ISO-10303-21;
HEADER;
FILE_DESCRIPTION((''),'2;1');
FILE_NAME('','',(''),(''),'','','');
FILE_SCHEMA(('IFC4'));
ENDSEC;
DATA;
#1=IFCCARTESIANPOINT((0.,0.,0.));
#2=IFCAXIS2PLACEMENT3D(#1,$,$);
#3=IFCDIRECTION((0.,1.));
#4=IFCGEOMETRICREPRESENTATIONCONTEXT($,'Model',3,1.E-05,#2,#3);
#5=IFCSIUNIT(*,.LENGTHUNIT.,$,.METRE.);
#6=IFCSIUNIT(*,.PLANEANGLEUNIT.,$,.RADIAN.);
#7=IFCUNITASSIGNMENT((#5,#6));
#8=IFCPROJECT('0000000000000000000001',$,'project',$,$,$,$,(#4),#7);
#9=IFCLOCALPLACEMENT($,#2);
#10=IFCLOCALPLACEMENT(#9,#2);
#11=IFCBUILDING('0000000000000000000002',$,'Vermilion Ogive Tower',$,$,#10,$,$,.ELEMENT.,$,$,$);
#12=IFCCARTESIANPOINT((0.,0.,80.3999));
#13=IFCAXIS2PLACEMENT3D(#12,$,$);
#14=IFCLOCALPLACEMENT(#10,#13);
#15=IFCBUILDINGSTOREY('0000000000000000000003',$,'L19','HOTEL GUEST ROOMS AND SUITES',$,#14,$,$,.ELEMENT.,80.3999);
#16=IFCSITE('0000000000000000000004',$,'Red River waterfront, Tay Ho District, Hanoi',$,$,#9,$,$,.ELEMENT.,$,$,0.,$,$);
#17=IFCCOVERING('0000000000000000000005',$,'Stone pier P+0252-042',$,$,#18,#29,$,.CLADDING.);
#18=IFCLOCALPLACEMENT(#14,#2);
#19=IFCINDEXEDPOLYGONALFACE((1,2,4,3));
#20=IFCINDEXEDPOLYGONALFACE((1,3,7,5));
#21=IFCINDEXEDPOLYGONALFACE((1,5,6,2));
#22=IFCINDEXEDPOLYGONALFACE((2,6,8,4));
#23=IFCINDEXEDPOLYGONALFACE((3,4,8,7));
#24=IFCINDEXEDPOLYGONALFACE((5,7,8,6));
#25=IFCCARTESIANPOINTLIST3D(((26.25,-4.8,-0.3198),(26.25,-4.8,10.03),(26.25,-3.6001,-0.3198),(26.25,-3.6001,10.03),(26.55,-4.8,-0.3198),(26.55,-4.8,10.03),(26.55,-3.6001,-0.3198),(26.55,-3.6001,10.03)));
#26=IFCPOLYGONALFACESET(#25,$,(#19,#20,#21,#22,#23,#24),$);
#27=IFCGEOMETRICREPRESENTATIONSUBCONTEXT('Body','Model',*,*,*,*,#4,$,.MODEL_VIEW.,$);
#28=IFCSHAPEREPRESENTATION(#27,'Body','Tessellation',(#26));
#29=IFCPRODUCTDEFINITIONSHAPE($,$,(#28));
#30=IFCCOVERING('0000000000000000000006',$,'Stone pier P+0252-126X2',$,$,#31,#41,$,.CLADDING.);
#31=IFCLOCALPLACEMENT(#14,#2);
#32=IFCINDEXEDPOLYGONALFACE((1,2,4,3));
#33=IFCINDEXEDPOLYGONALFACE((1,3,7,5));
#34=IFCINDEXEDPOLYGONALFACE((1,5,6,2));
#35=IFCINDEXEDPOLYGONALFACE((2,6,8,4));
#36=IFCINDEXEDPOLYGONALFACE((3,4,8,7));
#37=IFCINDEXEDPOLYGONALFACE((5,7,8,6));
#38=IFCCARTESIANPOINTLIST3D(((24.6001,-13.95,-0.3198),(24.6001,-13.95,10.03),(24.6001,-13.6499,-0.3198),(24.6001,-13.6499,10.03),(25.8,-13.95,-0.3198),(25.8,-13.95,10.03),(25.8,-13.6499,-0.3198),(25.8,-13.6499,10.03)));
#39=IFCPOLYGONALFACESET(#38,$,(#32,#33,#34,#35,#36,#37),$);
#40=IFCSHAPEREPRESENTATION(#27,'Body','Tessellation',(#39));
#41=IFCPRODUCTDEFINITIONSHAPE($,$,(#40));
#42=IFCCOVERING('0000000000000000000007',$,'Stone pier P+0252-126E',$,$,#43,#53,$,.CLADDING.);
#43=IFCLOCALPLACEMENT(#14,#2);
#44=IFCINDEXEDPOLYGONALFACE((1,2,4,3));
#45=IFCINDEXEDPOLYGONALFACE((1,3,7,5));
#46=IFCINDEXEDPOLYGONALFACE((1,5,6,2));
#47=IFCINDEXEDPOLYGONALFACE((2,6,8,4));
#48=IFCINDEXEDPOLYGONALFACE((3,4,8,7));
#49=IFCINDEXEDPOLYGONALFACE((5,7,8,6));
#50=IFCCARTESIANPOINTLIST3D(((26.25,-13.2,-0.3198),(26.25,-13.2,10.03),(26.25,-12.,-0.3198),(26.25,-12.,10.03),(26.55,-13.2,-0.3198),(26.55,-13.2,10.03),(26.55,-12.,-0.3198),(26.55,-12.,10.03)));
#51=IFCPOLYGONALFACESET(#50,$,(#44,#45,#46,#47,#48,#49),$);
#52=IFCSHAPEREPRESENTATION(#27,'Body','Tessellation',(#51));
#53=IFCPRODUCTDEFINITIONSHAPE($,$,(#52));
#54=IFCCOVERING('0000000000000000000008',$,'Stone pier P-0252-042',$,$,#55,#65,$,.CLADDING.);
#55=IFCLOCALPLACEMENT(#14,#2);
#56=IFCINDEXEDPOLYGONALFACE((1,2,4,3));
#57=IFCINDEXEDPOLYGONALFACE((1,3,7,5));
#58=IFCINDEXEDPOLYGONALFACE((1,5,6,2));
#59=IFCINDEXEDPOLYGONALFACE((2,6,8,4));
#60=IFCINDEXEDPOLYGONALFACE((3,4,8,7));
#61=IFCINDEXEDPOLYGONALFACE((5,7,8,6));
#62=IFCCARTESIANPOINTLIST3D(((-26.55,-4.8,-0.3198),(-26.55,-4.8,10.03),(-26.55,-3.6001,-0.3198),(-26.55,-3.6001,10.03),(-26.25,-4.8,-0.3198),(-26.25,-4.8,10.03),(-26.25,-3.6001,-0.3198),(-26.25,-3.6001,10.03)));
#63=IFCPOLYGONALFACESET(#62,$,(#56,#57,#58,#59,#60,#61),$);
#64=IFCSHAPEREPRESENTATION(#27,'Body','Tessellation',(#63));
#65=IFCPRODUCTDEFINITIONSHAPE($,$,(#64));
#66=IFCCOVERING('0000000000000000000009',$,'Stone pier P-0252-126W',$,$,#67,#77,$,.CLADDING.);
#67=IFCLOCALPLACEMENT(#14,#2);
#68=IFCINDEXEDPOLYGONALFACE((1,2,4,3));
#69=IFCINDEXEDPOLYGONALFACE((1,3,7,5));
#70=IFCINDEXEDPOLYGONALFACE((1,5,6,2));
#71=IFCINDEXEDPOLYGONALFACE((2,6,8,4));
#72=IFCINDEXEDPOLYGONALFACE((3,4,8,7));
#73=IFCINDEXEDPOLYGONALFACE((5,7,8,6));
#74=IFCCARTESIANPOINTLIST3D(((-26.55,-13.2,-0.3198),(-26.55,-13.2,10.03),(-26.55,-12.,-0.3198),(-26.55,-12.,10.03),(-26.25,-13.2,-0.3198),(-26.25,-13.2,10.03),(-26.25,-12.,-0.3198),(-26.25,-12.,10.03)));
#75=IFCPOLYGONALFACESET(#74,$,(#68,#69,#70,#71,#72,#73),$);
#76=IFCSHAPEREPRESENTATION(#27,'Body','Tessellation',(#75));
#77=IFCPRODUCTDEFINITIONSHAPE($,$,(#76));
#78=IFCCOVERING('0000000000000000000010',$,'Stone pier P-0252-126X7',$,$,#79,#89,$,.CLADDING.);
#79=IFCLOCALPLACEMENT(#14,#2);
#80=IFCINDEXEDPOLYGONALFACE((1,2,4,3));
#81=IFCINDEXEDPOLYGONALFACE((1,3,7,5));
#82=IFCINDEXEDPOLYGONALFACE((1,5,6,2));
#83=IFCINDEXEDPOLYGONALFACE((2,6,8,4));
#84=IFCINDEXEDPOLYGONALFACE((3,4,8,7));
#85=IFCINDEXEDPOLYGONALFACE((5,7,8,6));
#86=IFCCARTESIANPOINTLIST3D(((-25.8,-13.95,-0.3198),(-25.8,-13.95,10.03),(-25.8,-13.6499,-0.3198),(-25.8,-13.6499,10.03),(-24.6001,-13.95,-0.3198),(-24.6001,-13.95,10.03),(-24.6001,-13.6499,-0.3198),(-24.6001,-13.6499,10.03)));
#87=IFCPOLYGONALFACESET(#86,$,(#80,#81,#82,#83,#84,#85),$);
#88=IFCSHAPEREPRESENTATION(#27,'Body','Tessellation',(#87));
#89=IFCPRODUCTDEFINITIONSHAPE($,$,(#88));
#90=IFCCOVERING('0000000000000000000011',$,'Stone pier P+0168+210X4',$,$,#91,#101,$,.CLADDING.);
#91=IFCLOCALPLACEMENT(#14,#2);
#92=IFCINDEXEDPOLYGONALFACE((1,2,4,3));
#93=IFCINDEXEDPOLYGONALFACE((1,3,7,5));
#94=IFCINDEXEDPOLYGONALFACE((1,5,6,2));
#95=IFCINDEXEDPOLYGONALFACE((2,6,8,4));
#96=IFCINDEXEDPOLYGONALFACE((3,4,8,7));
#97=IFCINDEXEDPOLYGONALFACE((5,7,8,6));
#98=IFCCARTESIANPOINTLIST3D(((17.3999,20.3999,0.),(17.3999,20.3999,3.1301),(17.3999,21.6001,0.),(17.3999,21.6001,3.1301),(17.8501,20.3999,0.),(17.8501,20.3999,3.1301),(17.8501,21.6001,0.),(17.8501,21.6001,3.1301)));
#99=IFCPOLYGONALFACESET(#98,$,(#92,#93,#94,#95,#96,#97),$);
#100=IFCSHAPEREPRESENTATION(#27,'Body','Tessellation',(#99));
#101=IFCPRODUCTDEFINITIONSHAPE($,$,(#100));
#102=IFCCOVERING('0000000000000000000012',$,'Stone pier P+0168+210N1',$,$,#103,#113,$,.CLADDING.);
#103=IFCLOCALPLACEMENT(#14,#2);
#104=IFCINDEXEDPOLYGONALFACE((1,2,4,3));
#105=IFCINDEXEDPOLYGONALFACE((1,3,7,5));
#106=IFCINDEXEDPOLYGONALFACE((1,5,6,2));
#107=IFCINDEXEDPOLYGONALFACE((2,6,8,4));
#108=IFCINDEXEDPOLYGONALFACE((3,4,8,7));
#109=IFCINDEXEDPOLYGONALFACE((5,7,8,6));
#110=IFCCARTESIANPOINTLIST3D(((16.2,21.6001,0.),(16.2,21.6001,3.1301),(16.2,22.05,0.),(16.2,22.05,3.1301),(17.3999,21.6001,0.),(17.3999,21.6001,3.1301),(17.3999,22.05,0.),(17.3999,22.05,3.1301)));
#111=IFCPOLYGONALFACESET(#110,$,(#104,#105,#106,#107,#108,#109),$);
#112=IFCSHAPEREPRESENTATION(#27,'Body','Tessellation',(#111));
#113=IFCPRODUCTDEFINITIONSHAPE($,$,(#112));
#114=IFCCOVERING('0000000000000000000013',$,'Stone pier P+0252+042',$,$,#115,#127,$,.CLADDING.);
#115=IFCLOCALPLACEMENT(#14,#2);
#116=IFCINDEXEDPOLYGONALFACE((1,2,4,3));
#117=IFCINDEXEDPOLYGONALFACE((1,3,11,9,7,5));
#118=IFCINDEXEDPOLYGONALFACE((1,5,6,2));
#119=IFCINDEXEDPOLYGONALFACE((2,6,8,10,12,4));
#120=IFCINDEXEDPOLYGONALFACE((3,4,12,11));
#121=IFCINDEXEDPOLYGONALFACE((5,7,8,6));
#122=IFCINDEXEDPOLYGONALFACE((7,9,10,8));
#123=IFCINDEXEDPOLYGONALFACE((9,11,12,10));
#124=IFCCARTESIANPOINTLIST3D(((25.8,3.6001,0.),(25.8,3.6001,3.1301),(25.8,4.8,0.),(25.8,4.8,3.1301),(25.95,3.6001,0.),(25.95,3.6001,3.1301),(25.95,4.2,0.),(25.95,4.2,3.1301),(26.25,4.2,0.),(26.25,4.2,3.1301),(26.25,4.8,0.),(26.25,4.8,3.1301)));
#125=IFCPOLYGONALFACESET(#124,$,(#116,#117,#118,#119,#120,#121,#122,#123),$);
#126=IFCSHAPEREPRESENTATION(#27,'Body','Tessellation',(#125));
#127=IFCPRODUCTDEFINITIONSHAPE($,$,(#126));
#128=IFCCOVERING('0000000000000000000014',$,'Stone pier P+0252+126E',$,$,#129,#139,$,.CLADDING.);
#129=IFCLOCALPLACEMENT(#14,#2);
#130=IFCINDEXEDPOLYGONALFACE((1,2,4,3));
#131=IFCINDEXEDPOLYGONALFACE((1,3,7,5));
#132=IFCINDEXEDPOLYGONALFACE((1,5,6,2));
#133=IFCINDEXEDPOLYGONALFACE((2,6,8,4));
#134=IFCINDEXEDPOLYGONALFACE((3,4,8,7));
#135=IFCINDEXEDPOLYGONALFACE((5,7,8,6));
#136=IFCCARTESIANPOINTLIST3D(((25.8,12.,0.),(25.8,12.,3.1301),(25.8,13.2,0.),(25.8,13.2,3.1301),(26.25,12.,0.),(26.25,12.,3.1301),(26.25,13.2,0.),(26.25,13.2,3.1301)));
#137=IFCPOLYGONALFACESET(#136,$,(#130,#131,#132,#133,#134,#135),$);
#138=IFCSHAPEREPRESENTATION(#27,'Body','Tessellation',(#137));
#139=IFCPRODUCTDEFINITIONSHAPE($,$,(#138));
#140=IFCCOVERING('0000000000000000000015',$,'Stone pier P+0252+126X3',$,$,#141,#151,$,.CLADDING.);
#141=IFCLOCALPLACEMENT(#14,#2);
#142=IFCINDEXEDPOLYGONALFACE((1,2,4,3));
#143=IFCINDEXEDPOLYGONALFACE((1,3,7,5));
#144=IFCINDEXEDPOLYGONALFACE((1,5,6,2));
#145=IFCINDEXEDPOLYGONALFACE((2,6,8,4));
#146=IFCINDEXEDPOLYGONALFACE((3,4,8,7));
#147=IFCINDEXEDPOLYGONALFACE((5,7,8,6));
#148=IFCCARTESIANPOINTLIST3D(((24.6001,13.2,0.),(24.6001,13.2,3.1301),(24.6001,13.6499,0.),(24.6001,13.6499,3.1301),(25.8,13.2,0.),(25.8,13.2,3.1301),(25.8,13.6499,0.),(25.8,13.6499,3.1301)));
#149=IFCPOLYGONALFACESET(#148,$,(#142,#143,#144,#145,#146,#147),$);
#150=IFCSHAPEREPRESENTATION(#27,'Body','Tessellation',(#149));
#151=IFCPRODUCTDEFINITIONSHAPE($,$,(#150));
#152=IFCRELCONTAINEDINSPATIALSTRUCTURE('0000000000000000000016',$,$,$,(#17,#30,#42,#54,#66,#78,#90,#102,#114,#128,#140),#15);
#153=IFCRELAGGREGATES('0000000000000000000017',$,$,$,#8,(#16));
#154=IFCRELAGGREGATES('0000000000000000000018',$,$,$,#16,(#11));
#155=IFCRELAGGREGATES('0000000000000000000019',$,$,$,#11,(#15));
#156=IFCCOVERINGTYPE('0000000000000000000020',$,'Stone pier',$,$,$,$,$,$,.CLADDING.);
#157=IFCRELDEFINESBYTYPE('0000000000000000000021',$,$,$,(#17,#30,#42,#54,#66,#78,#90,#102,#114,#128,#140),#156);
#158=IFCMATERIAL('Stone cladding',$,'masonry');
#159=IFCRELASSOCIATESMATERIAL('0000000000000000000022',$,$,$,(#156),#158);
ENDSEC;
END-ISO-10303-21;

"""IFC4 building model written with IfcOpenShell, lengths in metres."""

from ifc_helpers import new_model, si_unit, direction, frame, origin, place, context, subcontext, project, spatial, polyline, outline, extrude, material, type_object, element, save


model = new_model("IFC4")

# Units and contexts
model_context = context("Model", 3, precision=1e-05, world=origin(), true_north=direction((0.0, 1.0)))
body_context = subcontext(model_context, "Body", "Model", "MODEL_VIEW")
ifc_project = project(units=[si_unit("LENGTHUNIT", "METRE"), si_unit("PLANEANGLEUNIT", "RADIAN")], contexts=[model_context])

# Site, building, storey
site_placement = place(None, origin())
site = spatial("IfcSite", under=ifc_project, at=site_placement, Name="Red River waterfront, Tay Ho District, Hanoi", CompositionType="ELEMENT", RefElevation=0.0)
building_placement = place(site_placement, origin())
building = spatial("IfcBuilding", under=site, at=building_placement, Name="Vermilion Ogive Tower", CompositionType="ELEMENT")
storey_placement = place(building_placement, frame((0.0, 0.0, 80.3999)))
storey = spatial("IfcBuildingStorey", under=building, at=storey_placement, Name="L19", Description="HOTEL GUEST ROOMS AND SUITES", CompositionType="ELEMENT", Elevation=80.3999)

# Coverings
ifc_material_1 = material(Name="Stone cladding", Category="masonry")
covering_type_1 = type_object("IfcCoveringType", Name="Stone pier", PredefinedType="CLADDING", material=ifc_material_1)
covering_1_placement = place(storey_placement, frame((0.0, 0.0, -0.3198)))
element("IfcCovering", 1, at=covering_1_placement, inside=storey, type_object=covering_type_1, Name="Stone pier P+0252-042", PredefinedType="CLADDING", context=body_context, shape_type="SweptSolid", body=[
    extrude(outline(polyline([(26.55, -3.6001), (26.55, -4.8), (26.25, -4.8), (26.25, -3.6001), (26.55, -3.6001)])), origin(), (0.0, 0.0, 1.0), 10.3499),
])
covering_2_placement = place(storey_placement, frame((0.0, 0.0, -0.3198)))
element("IfcCovering", 2, at=covering_2_placement, inside=storey, type_object=covering_type_1, Name="Stone pier P+0252-126X2", PredefinedType="CLADDING", context=body_context, shape_type="SweptSolid", body=[
    extrude(outline(polyline([(25.8, -13.95), (24.6001, -13.95), (24.6001, -13.6499), (25.8, -13.6499), (25.8, -13.95)])), origin(), (0.0, 0.0, 1.0), 10.3499),
])
covering_3_placement = place(storey_placement, frame((0.0, 0.0, -0.3198)))
element("IfcCovering", 3, at=covering_3_placement, inside=storey, type_object=covering_type_1, Name="Stone pier P+0252-126E", PredefinedType="CLADDING", context=body_context, shape_type="SweptSolid", body=[
    extrude(outline(polyline([(26.55, -13.2), (26.25, -13.2), (26.25, -12.0), (26.55, -12.0), (26.55, -13.2)])), origin(), (0.0, 0.0, 1.0), 10.3499),
])
covering_4_placement = place(storey_placement, frame((0.0, 0.0, -0.3198)))
element("IfcCovering", 4, at=covering_4_placement, inside=storey, type_object=covering_type_1, Name="Stone pier P-0252-042", PredefinedType="CLADDING", context=body_context, shape_type="SweptSolid", body=[
    extrude(outline(polyline([(-26.55, -4.8), (-26.55, -3.6001), (-26.25, -3.6001), (-26.25, -4.8), (-26.55, -4.8)])), origin(), (0.0, 0.0, 1.0), 10.3499),
])
covering_5_placement = place(storey_placement, frame((0.0, 0.0, -0.3198)))
element("IfcCovering", 5, at=covering_5_placement, inside=storey, type_object=covering_type_1, Name="Stone pier P-0252-126W", PredefinedType="CLADDING", context=body_context, shape_type="SweptSolid", body=[
    extrude(outline(polyline([(-26.55, -13.2), (-26.55, -12.0), (-26.25, -12.0), (-26.25, -13.2), (-26.55, -13.2)])), origin(), (0.0, 0.0, 1.0), 10.3499),
])
covering_6_placement = place(storey_placement, frame((0.0, 0.0, -0.3198)))
element("IfcCovering", 6, at=covering_6_placement, inside=storey, type_object=covering_type_1, Name="Stone pier P-0252-126X7", PredefinedType="CLADDING", context=body_context, shape_type="SweptSolid", body=[
    extrude(outline(polyline([(-25.8, -13.95), (-25.8, -13.6499), (-24.6001, -13.6499), (-24.6001, -13.95), (-25.8, -13.95)])), origin(), (0.0, 0.0, 1.0), 10.3499),
])
covering_7_placement = place(storey_placement, origin())
element("IfcCovering", 7, at=covering_7_placement, inside=storey, type_object=covering_type_1, Name="Stone pier P+0168+210X4", PredefinedType="CLADDING", context=body_context, shape_type="SweptSolid", body=[
    extrude(outline(polyline([(17.8501, 21.6001), (17.8501, 20.3999), (17.3999, 20.3999), (17.3999, 21.6001), (17.8501, 21.6001)])), origin(), (0.0, 0.0, 1.0), 3.1301),
])
covering_8_placement = place(storey_placement, origin())
element("IfcCovering", 8, at=covering_8_placement, inside=storey, type_object=covering_type_1, Name="Stone pier P+0168+210N1", PredefinedType="CLADDING", context=body_context, shape_type="SweptSolid", body=[
    extrude(outline(polyline([(17.3999, 22.05), (17.3999, 21.6001), (16.2, 21.6001), (16.2, 22.05), (17.3999, 22.05)])), origin(), (0.0, 0.0, 1.0), 3.1301),
])
covering_9_placement = place(storey_placement, origin())
element("IfcCovering", 9, at=covering_9_placement, inside=storey, type_object=covering_type_1, Name="Stone pier P+0252+042", PredefinedType="CLADDING", context=body_context, shape_type="SweptSolid", body=[
    extrude(outline(polyline([(25.8, 4.8), (25.8, 4.8), (26.25, 4.8), (26.25, 4.2), (25.95, 4.2), (25.95, 3.6001), (26.25, 3.6001), (26.25, 3.6001), (25.8, 3.6001), (25.8, 3.6001), (25.8, 4.8)])), origin(), (0.0, 0.0, 1.0), 3.1301),
])
covering_10_placement = place(storey_placement, origin())
element("IfcCovering", 10, at=covering_10_placement, inside=storey, type_object=covering_type_1, Name="Stone pier P+0252+126E", PredefinedType="CLADDING", context=body_context, shape_type="SweptSolid", body=[
    extrude(outline(polyline([(25.8, 13.2), (25.8, 13.2), (26.25, 13.2), (26.25, 12.0), (25.8, 12.0), (25.8, 12.0), (25.8, 13.2)])), origin(), (0.0, 0.0, 1.0), 3.1301),
])
covering_11_placement = place(storey_placement, origin())
element("IfcCovering", 11, at=covering_11_placement, inside=storey, type_object=covering_type_1, Name="Stone pier P+0252+126X3", PredefinedType="CLADDING", context=body_context, shape_type="SweptSolid", body=[
    extrude(outline(polyline([(25.8, 13.6499), (25.8, 13.2), (25.8, 13.2), (24.6001, 13.2), (24.6001, 13.6499), (25.8, 13.6499)])), origin(), (0.0, 0.0, 1.0), 3.1301),
])

save(model, "model.ifc")
